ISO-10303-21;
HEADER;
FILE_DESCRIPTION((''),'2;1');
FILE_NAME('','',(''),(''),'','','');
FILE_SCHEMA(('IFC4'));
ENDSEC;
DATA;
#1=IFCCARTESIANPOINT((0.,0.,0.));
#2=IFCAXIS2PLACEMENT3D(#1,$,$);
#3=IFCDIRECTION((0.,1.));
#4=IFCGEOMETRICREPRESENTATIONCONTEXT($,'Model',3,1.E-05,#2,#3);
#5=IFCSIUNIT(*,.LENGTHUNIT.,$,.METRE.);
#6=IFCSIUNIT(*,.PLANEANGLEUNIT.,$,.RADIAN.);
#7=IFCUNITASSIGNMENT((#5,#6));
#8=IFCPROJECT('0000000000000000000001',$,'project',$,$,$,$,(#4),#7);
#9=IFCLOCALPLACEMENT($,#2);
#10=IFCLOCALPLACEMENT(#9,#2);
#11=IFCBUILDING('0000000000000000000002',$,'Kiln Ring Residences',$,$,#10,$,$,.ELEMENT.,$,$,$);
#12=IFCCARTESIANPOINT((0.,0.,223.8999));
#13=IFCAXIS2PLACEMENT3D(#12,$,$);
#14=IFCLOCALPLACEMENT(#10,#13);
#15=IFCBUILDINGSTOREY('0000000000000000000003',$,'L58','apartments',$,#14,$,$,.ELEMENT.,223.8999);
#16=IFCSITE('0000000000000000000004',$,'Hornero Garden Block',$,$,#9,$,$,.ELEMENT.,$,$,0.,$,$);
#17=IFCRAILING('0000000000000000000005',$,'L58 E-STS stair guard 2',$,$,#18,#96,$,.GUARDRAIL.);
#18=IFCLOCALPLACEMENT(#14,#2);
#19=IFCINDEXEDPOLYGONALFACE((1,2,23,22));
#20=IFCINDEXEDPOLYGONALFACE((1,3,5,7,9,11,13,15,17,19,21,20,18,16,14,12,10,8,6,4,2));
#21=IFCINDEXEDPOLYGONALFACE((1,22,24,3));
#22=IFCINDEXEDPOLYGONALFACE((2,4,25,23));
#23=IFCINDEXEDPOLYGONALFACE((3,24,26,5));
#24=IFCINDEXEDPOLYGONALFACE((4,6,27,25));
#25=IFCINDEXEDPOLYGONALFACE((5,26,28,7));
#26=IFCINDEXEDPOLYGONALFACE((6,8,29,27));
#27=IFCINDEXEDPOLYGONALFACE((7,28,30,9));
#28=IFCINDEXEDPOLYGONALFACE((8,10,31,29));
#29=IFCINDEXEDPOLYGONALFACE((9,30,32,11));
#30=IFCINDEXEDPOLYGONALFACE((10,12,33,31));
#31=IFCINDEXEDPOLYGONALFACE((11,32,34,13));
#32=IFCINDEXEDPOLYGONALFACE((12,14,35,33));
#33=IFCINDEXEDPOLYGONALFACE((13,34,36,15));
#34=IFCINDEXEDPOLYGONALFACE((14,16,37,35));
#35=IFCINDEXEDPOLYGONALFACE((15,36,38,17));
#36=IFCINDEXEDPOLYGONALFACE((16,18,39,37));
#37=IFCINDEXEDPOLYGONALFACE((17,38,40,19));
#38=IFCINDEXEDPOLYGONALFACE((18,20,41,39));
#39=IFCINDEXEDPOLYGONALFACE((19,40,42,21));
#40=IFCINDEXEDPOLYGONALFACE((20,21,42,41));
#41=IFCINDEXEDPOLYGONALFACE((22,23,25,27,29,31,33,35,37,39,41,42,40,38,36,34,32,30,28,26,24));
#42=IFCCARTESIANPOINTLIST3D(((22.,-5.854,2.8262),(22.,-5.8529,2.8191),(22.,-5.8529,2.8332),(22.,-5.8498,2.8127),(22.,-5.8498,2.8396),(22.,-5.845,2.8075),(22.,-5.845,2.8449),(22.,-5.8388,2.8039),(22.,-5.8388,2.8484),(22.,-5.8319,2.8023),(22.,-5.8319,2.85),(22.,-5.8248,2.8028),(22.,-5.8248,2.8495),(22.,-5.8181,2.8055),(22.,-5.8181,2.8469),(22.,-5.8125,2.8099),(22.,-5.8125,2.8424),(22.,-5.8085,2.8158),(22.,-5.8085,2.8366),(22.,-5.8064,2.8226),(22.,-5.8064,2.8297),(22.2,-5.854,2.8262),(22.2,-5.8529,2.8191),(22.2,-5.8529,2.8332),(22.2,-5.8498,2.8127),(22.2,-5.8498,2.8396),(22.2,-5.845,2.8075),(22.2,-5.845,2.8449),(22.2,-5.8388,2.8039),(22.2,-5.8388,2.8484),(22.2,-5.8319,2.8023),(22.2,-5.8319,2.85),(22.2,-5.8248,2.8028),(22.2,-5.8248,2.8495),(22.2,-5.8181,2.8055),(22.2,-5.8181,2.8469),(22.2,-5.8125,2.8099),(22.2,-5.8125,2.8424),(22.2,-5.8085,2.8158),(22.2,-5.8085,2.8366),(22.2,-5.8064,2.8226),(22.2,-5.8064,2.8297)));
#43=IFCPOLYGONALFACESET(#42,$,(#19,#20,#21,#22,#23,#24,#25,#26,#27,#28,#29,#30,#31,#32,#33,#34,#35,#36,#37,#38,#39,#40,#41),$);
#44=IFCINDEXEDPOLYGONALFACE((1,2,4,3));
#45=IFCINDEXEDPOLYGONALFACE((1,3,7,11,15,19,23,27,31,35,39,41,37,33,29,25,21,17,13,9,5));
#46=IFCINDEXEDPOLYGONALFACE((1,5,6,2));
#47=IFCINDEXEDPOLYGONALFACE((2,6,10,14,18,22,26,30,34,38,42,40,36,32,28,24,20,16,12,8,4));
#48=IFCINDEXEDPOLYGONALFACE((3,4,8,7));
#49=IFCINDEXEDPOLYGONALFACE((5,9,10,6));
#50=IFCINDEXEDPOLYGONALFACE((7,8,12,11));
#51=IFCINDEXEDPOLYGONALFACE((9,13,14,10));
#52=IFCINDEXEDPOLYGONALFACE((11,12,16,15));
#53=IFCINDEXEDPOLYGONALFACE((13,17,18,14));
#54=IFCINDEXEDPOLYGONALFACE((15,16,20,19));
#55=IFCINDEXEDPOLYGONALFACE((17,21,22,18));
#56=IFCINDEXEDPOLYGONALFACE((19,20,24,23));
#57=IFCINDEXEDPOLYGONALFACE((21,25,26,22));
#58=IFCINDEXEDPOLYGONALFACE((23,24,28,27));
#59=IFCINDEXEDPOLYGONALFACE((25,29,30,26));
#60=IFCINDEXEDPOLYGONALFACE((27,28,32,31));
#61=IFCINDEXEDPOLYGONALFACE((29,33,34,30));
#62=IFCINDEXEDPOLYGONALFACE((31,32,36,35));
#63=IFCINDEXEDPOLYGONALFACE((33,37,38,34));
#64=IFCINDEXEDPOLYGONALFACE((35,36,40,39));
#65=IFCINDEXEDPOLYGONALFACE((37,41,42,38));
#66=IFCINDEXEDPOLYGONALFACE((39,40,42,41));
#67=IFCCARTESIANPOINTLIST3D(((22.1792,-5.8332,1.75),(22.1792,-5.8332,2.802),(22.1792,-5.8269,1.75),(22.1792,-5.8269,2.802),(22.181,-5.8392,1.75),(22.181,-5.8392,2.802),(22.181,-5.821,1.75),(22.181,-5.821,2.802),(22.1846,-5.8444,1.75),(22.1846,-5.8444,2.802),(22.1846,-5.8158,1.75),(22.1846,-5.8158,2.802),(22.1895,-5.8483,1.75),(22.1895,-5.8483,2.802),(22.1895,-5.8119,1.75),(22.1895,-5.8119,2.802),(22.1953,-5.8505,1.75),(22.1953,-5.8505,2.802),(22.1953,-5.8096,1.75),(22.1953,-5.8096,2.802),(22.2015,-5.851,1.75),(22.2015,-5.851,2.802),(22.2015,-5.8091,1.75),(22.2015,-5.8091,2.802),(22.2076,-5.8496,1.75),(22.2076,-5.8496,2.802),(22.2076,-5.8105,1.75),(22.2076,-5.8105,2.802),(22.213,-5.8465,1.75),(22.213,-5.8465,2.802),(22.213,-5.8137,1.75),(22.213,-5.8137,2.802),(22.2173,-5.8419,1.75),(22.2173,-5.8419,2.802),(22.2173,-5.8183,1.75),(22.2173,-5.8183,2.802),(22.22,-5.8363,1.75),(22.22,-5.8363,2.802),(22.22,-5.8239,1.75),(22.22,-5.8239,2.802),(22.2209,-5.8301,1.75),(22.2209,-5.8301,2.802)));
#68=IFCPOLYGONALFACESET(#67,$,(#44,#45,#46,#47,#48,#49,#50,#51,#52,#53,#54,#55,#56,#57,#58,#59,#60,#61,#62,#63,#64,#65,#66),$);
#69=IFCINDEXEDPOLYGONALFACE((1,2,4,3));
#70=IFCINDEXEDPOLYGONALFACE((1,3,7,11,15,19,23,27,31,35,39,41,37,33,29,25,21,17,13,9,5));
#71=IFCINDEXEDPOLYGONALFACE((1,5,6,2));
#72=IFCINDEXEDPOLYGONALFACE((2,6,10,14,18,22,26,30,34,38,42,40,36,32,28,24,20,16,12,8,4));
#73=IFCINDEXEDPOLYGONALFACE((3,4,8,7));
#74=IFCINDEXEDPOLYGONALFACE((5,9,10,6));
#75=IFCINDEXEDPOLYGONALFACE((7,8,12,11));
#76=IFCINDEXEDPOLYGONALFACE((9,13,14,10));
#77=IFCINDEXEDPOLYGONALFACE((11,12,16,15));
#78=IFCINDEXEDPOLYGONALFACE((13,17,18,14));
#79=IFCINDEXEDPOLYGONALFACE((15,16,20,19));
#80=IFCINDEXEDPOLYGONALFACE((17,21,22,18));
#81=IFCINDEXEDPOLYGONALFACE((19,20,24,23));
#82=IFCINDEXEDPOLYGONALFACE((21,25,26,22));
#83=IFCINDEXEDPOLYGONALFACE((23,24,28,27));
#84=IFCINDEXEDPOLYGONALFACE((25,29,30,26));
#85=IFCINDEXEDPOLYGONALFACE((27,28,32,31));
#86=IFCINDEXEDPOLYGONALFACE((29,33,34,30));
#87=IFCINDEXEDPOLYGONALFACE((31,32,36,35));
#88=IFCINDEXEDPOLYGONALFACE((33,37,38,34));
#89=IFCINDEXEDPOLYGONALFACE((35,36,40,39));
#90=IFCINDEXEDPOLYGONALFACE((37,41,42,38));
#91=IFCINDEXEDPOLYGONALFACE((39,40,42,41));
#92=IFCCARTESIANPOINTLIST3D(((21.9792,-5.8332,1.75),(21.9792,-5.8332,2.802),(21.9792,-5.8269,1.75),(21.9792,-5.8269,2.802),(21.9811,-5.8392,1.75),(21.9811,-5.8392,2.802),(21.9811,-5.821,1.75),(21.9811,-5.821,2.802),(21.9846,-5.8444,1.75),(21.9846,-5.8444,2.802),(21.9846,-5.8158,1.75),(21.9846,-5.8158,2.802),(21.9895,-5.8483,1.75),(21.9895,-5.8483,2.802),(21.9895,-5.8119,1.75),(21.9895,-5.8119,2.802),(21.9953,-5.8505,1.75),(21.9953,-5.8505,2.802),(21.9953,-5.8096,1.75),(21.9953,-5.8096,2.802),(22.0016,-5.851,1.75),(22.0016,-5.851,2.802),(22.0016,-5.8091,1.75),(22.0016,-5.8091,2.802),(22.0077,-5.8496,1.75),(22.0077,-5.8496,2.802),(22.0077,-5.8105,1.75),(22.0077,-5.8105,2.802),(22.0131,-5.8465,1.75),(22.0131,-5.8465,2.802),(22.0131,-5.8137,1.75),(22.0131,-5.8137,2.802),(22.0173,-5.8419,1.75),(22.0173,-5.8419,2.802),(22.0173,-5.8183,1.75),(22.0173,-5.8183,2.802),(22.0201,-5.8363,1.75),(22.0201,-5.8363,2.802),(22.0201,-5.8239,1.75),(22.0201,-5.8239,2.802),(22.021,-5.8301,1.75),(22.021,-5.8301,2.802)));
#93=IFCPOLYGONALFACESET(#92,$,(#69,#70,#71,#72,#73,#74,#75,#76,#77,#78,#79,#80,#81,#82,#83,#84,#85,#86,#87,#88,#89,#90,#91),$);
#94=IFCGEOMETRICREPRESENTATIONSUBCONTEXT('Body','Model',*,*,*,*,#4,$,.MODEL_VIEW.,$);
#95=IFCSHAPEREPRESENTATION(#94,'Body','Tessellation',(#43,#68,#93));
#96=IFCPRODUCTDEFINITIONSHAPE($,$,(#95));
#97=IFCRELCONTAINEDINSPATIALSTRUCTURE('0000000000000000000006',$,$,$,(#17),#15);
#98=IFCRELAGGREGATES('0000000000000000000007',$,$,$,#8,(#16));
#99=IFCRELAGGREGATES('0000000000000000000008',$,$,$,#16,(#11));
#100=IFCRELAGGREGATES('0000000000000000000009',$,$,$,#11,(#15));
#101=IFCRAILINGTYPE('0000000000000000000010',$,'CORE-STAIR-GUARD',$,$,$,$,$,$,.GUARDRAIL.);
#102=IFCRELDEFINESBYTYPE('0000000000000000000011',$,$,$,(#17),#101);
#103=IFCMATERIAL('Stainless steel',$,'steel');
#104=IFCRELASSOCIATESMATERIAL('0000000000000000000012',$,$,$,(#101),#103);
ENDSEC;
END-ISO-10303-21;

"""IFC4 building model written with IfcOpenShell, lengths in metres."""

from ifc_helpers import new_model, si_unit, direction, frame, origin, origin_2d, place, context, subcontext, project, spatial, circle, extrude, material, type_object, element, save


model = new_model("IFC4")

# Units and contexts
model_context = context("Model", 3, precision=1e-05, world=origin(), true_north=direction((0.0, 1.0)))
body_context = subcontext(model_context, "Body", "Model", "MODEL_VIEW")
ifc_project = project(units=[si_unit("LENGTHUNIT", "METRE"), si_unit("PLANEANGLEUNIT", "RADIAN")], contexts=[model_context])

# Site, building, storey
site_placement = place(None, origin())
site = spatial("IfcSite", under=ifc_project, at=site_placement, Name="Hornero Garden Block", CompositionType="ELEMENT", RefElevation=0.0)
building_placement = place(site_placement, origin())
building = spatial("IfcBuilding", under=site, at=building_placement, Name="Kiln Ring Residences", CompositionType="ELEMENT")
storey_placement = place(building_placement, frame((0.0, 0.0, 223.8999)))
storey = spatial("IfcBuildingStorey", under=building, at=storey_placement, Name="L58", Description="apartments", CompositionType="ELEMENT", Elevation=223.8999)

# Railing
ifc_material_1 = material(Name="Stainless steel", Category="steel")
railing_type_1 = type_object("IfcRailingType", Name="CORE-STAIR-GUARD", PredefinedType="GUARDRAIL", material=ifc_material_1)
railing_1_placement = place(storey_placement, frame((22.2, -5.8301, 1.75)))
element("IfcRailing", 1, at=railing_1_placement, inside=storey, type_object=railing_type_1, Name="L58 E-STS stair guard 2", PredefinedType="GUARDRAIL", context=body_context, shape_type="SweptSolid", body=[
    extrude(circle(Radius=0.0239, at=origin_2d()), frame((0.0, 0.0, 1.0762), z_axis=(-1.0, 0.0, 0.0), x_axis=(0.0, -1.0, 0.0)), (0.0, 0.0, 1.0), 0.2),
    extrude(circle(Radius=0.021, at=origin_2d()), origin(), (0.0, 0.0, 1.0), 1.052),
    extrude(circle(Radius=0.021, at=origin_2d()), frame((-0.2, 0.0, 0.0)), (0.0, 0.0, 1.0), 1.052),
])

save(model, "model.ifc")
